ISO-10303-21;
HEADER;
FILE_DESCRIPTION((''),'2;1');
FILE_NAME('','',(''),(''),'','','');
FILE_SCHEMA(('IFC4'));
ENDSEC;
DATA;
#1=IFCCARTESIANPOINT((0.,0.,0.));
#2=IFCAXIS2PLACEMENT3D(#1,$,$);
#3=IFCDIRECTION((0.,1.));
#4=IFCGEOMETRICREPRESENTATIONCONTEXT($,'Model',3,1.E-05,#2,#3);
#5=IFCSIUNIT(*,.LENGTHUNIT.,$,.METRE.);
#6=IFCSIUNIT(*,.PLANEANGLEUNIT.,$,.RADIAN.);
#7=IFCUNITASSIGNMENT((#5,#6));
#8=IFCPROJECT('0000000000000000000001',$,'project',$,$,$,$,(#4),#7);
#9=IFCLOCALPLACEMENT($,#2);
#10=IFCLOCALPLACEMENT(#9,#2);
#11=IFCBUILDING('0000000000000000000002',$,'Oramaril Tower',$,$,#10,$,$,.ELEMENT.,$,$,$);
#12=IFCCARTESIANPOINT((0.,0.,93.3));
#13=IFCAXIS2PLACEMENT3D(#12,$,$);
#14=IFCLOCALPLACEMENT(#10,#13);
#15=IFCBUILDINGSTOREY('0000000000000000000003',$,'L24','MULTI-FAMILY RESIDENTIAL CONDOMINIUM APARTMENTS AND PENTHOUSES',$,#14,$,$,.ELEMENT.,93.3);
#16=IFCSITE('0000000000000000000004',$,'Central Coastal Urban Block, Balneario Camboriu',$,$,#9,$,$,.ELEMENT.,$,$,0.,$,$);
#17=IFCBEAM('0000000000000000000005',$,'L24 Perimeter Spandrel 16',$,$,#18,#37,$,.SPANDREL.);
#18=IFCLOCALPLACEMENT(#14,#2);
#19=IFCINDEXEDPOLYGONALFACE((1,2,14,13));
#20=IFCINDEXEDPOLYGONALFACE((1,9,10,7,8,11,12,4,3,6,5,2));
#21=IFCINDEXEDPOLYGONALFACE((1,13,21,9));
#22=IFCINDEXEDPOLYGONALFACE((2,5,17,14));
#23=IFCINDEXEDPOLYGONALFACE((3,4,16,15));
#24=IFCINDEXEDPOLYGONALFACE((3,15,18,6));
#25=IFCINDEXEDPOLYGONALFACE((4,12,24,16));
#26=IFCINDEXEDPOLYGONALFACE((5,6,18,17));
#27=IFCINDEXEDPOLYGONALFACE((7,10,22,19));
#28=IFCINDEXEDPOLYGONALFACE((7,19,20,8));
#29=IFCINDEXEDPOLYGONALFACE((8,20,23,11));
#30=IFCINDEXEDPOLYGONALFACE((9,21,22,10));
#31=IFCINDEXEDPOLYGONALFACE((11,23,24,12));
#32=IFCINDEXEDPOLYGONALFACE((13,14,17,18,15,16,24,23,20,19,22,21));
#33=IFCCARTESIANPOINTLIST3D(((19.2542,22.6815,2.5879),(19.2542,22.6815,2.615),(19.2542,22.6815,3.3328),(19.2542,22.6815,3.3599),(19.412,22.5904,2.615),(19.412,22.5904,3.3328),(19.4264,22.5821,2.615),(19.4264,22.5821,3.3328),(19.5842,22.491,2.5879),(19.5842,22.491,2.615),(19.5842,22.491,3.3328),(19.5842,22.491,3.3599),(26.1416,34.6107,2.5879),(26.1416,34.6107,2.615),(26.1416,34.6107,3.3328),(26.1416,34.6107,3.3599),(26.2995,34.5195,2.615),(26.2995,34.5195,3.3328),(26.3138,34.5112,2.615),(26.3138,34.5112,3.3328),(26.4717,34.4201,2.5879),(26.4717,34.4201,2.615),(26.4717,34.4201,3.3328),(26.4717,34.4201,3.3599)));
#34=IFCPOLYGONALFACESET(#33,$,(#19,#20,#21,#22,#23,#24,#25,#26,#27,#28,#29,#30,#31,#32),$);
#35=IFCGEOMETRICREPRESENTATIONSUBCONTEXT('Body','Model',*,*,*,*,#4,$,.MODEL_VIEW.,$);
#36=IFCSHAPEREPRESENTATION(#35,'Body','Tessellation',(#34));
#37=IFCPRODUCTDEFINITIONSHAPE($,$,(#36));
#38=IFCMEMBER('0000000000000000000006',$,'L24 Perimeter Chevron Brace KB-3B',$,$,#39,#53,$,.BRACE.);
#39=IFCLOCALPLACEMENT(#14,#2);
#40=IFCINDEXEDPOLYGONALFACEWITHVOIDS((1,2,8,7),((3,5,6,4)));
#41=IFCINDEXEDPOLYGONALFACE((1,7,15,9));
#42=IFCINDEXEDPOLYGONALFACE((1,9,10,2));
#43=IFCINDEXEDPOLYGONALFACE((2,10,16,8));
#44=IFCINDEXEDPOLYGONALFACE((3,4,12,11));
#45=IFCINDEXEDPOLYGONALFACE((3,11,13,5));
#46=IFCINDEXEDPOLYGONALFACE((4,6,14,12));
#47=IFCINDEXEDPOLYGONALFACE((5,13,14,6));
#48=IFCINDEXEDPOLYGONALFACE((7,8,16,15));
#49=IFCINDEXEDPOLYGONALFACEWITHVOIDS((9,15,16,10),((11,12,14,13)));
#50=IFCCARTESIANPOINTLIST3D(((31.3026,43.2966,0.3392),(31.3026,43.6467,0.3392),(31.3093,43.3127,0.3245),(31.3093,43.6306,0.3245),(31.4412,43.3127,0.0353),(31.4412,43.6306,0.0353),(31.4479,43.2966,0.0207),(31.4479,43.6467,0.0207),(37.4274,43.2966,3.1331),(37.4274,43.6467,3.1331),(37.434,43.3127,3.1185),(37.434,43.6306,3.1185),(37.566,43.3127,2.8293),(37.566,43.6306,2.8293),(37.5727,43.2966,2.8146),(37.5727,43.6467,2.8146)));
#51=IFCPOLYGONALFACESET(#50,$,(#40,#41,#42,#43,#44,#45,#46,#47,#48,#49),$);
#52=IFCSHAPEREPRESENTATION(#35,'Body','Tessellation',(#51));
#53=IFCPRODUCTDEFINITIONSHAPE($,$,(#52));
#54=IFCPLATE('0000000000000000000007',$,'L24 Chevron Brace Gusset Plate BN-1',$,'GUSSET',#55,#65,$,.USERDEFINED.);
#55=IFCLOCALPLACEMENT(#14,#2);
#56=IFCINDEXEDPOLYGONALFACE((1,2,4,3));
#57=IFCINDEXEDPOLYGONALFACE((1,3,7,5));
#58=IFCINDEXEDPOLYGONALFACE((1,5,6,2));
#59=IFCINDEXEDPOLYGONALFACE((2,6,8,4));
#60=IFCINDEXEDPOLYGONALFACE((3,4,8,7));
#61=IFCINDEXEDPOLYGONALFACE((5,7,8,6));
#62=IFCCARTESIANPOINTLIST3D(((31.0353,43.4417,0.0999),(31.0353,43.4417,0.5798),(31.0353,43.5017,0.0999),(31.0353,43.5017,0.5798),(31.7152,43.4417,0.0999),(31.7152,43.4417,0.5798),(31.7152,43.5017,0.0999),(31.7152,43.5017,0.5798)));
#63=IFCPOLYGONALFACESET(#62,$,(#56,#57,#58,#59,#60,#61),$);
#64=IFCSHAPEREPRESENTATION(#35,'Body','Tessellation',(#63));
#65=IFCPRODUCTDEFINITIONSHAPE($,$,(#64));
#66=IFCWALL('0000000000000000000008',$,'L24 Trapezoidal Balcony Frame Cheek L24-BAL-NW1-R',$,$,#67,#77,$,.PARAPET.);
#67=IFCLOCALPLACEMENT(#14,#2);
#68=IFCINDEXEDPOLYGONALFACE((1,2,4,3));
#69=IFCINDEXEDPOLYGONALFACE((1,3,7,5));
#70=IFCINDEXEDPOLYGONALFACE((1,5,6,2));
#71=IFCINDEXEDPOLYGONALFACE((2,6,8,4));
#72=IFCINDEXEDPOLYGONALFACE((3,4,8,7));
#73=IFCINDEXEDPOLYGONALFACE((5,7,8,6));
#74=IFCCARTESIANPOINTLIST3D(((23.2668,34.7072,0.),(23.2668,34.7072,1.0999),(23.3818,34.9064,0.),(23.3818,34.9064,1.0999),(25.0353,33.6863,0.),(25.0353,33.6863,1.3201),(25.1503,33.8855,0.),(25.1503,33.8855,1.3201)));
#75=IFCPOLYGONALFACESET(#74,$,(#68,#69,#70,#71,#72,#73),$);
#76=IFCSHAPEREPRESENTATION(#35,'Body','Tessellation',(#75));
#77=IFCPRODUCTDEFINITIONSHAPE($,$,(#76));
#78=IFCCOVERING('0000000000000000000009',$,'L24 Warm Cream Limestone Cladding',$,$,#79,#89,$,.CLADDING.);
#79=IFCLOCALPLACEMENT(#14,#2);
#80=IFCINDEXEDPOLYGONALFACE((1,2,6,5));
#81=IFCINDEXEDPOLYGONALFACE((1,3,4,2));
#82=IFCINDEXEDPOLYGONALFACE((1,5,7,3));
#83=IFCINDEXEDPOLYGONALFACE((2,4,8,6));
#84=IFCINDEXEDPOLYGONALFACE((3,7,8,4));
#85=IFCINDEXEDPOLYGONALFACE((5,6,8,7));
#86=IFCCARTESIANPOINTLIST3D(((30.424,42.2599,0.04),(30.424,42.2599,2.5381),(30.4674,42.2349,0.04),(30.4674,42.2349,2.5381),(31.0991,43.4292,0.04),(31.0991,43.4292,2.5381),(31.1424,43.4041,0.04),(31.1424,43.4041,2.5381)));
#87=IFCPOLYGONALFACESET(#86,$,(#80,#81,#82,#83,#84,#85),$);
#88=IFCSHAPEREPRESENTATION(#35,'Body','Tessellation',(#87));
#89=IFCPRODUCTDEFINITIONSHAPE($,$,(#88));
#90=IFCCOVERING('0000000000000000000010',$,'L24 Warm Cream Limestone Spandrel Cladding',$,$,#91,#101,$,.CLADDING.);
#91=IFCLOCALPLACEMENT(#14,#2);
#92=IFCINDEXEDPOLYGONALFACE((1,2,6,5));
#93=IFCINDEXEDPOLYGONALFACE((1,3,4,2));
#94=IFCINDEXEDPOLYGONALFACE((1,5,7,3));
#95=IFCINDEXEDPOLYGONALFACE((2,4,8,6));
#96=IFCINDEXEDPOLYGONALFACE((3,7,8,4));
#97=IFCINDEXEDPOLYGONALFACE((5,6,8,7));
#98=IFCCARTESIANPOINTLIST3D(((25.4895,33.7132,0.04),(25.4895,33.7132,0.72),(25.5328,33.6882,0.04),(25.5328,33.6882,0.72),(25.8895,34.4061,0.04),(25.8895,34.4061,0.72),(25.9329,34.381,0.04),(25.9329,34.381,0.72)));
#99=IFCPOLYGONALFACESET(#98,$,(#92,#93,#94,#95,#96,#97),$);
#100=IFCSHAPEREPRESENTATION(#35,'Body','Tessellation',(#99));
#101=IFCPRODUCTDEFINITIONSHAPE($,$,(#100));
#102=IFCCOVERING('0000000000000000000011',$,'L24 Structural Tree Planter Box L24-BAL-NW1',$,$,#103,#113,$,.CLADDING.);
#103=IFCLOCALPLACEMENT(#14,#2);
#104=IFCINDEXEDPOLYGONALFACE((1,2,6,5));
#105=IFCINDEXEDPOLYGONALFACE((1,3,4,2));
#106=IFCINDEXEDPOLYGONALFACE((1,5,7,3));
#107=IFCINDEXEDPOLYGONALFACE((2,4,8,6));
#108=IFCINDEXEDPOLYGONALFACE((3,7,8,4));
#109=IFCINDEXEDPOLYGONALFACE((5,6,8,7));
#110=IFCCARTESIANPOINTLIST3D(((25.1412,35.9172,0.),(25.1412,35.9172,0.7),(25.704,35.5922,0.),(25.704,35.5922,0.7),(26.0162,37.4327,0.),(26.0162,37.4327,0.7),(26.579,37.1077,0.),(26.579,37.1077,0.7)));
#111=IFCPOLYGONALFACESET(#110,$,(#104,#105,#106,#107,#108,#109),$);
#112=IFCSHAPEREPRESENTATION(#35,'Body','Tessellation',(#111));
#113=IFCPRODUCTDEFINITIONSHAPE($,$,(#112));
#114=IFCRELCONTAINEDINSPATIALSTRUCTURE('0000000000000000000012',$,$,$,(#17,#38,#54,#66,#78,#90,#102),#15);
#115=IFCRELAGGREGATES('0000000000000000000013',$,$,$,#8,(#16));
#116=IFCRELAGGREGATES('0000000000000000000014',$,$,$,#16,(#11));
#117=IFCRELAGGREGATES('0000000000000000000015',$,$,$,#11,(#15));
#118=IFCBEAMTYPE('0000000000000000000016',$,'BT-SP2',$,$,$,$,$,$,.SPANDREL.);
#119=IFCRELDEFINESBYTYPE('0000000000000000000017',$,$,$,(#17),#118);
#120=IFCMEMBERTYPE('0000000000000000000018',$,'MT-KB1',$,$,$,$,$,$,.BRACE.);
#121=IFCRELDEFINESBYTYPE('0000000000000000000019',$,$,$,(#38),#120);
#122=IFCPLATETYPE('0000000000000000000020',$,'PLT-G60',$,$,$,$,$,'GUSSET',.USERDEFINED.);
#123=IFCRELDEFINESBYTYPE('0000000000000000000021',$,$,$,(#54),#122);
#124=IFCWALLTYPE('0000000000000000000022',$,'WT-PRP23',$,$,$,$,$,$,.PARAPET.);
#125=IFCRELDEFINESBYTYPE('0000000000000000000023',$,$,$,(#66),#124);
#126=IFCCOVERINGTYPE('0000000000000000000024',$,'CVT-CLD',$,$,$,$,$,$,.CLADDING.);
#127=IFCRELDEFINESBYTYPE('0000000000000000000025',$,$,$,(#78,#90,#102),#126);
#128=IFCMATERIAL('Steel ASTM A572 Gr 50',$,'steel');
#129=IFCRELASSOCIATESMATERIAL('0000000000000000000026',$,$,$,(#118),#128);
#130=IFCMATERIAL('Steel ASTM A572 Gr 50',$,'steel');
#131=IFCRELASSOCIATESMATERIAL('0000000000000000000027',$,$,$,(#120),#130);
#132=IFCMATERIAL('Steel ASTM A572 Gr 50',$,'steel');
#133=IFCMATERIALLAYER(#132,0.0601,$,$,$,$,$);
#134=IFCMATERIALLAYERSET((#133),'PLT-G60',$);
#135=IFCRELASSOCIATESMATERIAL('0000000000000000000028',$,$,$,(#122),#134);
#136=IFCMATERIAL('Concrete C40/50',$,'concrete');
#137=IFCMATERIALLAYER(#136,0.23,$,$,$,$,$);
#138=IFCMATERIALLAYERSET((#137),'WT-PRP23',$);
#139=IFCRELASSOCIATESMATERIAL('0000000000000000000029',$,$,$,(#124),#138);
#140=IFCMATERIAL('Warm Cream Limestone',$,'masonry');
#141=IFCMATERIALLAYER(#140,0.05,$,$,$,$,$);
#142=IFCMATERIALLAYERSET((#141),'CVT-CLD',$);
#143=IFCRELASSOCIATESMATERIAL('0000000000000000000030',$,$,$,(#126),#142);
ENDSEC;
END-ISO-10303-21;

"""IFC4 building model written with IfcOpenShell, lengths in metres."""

from ifc_helpers import new_model, si_unit, direction, frame, origin, origin_2d, place, context, subcontext, project, spatial, polyline, rectangle, hollow_rectangle, i_section, outline, extrude, material, layer, layer_set, material_profile, profile_set, type_object, element, save


model = new_model("IFC4")

# Units and contexts
model_context = context("Model", 3, precision=1e-05, world=origin(), true_north=direction((0.0, 1.0)))
body_context = subcontext(model_context, "Body", "Model", "MODEL_VIEW")
ifc_project = project(units=[si_unit("LENGTHUNIT", "METRE"), si_unit("PLANEANGLEUNIT", "RADIAN")], contexts=[model_context])

# Site, building, storey
site_placement = place(None, origin())
site = spatial("IfcSite", under=ifc_project, at=site_placement, Name="Central Coastal Urban Block, Balneario Camboriu", CompositionType="ELEMENT", RefElevation=0.0)
building_placement = place(site_placement, origin())
building = spatial("IfcBuilding", under=site, at=building_placement, Name="Oramaril Tower", CompositionType="ELEMENT")
storey_placement = place(building_placement, frame((0.0, 0.0, 93.3)))
storey = spatial("IfcBuildingStorey", under=building, at=storey_placement, Name="L24", Description="MULTI-FAMILY RESIDENTIAL CONDOMINIUM APARTMENTS AND PENTHOUSES", CompositionType="ELEMENT", Elevation=93.3)

# Beam
ifc_material_1 = material(Name="Steel ASTM A572 Gr 50", Category="steel")
ifc_material_profile_1 = material_profile(ifc_material_1, i_section(OverallWidth=0.3811, OverallDepth=0.772, WebThickness=0.0166, FlangeThickness=0.0271, at=origin_2d()), Name="W30X173")
ifc_profile_set_1 = profile_set([ifc_material_profile_1], Name="Steel ASTM A572 Gr 50")
beam_type_1 = type_object("IfcBeamType", Name="BT-SP2", PredefinedType="SPANDREL", material=ifc_profile_set_1)
beam_1_placement = place(storey_placement, frame((26.3066, 34.5154, 2.9739), z_axis=(-0.500007, -0.866021, 0.0), x_axis=(0.866021, -0.500007, 0.0)))
element("IfcBeam", 1, at=beam_1_placement, inside=storey, type_object=beam_type_1, Name="L24 Perimeter Spandrel 16", PredefinedType="SPANDREL", context=body_context, shape_type="SweptSolid", body=[
    extrude(i_section(OverallWidth=0.3811, OverallDepth=0.772, WebThickness=0.0166, FlangeThickness=0.0271, at=origin_2d()), origin(), (0.0, 0.0, 1.0), 13.7747),
])

# Member
ifc_material_2 = material(Name="Steel ASTM A572 Gr 50", Category="steel")
ifc_material_profile_2 = material_profile(ifc_material_2, hollow_rectangle(XDim=0.3501, YDim=0.3501, WallThickness=0.0161, at=origin_2d()), Name="HSS350X350X16")
ifc_profile_set_2 = profile_set([ifc_material_profile_2], Name="Steel ASTM A572 Gr 50")
member_type = type_object("IfcMemberType", Name="MT-KB1", PredefinedType="BRACE", material=ifc_profile_set_2)
member_placement = place(storey_placement, frame((31.3752, 43.4717, 0.1799), z_axis=(0.909808, 0.0, 0.415029), x_axis=(0.0, 1.0, 0.0)))
element("IfcMember", 2, at=member_placement, inside=storey, type_object=member_type, Name="L24 Perimeter Chevron Brace KB-3B", PredefinedType="BRACE", context=body_context, shape_type="SweptSolid", body=[
    extrude(hollow_rectangle(XDim=0.3501, YDim=0.3501, WallThickness=0.0161, at=origin_2d()), origin(), (0.0, 0.0, 1.0), 6.7319),
])

# Plate
ifc_material_3 = material(Name="Steel ASTM A572 Gr 50", Category="steel")
ifc_layer_1 = layer(ifc_material_3, 0.0601)
ifc_layer_set_1 = layer_set([ifc_layer_1], Name="PLT-G60")
plate_type = type_object("IfcPlateType", Name="PLT-G60", ElementType="GUSSET", PredefinedType="USERDEFINED", material=ifc_layer_set_1)
plate_placement = place(storey_placement, frame((31.3752, 43.4717, 0.0999), z_axis=(0.0, 0.0, 1.0), x_axis=(-1.0, 0.0, 0.0)))
element("IfcPlate", 3, at=plate_placement, inside=storey, type_object=plate_type, Name="L24 Chevron Brace Gusset Plate BN-1", ObjectType="GUSSET", PredefinedType="USERDEFINED", context=body_context, shape_type="SweptSolid", body=[
    extrude(rectangle(XDim=0.6799, YDim=0.0601, at=origin_2d()), origin(), (0.0, 0.0, 1.0), 0.48),
])

# Wall
ifc_material_4 = material(Name="Concrete C40/50", Category="concrete")
ifc_layer_2 = layer(ifc_material_4, 0.23)
ifc_layer_set_2 = layer_set([ifc_layer_2], Name="WT-PRP23")
wall_type_1 = type_object("IfcWallType", Name="WT-PRP23", PredefinedType="PARAPET", material=ifc_layer_set_2)
wall_1_placement = place(storey_placement, frame((25.0928, 33.7859, 0.0), z_axis=(0.0, 0.0, 1.0), x_axis=(-0.866042, 0.499971, 0.0)))
element("IfcWall", 4, at=wall_1_placement, inside=storey, type_object=wall_type_1, Name="L24 Trapezoidal Balcony Frame Cheek L24-BAL-NW1-R", PredefinedType="PARAPET", context=body_context, shape_type="SweptSolid", body=[
    extrude(outline(polyline([(0.0, 0.0), (2.042, 0.0), (2.042, 1.0999), (0.0, 1.3201), (0.0, 0.0)])), frame((0.0, 0.115, 0.0), z_axis=(0.0, -1.0, 0.0), x_axis=(1.0, 0.0, 0.0)), (0.0, 0.0, 1.0), 0.23),
])

# Coverings
ifc_material_5 = material(Name="Warm Cream Limestone", Category="masonry")
ifc_layer_3 = layer(ifc_material_5, 0.05)
ifc_layer_set_3 = layer_set([ifc_layer_3], Name="CVT-CLD")
covering_type = type_object("IfcCoveringType", Name="CVT-CLD", PredefinedType="CLADDING", material=ifc_layer_set_3)
covering_1_placement = place(storey_placement, frame((30.7832, 42.832, 0.04), z_axis=(0.0, 0.0, 1.0), x_axis=(-0.5, -0.866025, 0.0)))
element("IfcCovering", 5, at=covering_1_placement, inside=storey, type_object=covering_type, Name="L24 Warm Cream Limestone Cladding", PredefinedType="CLADDING", context=body_context, shape_type="SweptSolid", body=[
    extrude(rectangle(XDim=1.3501, YDim=0.05, at=origin_2d()), origin(), (0.0, 0.0, 1.0), 2.498),
])
covering_2_placement = place(storey_placement, frame((25.7112, 34.0471, 0.04), z_axis=(0.0, 0.0, 1.0), x_axis=(-0.5, -0.866025, 0.0)))
element("IfcCovering", 6, at=covering_2_placement, inside=storey, type_object=covering_type, Name="L24 Warm Cream Limestone Spandrel Cladding", PredefinedType="CLADDING", context=body_context, shape_type="SweptSolid", body=[
    extrude(rectangle(XDim=0.8, YDim=0.05, at=origin_2d()), origin(), (0.0, 0.0, 1.0), 0.6799),
])
covering_3_placement = place(storey_placement, frame((25.8601, 36.5125, 0.0), z_axis=(0.0, 0.0, 1.0), x_axis=(-0.5, -0.866025, 0.0)))
element("IfcCovering", 7, at=covering_3_placement, inside=storey, type_object=covering_type, Name="L24 Structural Tree Planter Box L24-BAL-NW1", PredefinedType="CLADDING", context=body_context, shape_type="SweptSolid", body=[
    extrude(rectangle(XDim=1.75, YDim=0.6499, at=origin_2d()), origin(), (0.0, 0.0, 1.0), 0.7),
])

save(model, "model.ifc")
